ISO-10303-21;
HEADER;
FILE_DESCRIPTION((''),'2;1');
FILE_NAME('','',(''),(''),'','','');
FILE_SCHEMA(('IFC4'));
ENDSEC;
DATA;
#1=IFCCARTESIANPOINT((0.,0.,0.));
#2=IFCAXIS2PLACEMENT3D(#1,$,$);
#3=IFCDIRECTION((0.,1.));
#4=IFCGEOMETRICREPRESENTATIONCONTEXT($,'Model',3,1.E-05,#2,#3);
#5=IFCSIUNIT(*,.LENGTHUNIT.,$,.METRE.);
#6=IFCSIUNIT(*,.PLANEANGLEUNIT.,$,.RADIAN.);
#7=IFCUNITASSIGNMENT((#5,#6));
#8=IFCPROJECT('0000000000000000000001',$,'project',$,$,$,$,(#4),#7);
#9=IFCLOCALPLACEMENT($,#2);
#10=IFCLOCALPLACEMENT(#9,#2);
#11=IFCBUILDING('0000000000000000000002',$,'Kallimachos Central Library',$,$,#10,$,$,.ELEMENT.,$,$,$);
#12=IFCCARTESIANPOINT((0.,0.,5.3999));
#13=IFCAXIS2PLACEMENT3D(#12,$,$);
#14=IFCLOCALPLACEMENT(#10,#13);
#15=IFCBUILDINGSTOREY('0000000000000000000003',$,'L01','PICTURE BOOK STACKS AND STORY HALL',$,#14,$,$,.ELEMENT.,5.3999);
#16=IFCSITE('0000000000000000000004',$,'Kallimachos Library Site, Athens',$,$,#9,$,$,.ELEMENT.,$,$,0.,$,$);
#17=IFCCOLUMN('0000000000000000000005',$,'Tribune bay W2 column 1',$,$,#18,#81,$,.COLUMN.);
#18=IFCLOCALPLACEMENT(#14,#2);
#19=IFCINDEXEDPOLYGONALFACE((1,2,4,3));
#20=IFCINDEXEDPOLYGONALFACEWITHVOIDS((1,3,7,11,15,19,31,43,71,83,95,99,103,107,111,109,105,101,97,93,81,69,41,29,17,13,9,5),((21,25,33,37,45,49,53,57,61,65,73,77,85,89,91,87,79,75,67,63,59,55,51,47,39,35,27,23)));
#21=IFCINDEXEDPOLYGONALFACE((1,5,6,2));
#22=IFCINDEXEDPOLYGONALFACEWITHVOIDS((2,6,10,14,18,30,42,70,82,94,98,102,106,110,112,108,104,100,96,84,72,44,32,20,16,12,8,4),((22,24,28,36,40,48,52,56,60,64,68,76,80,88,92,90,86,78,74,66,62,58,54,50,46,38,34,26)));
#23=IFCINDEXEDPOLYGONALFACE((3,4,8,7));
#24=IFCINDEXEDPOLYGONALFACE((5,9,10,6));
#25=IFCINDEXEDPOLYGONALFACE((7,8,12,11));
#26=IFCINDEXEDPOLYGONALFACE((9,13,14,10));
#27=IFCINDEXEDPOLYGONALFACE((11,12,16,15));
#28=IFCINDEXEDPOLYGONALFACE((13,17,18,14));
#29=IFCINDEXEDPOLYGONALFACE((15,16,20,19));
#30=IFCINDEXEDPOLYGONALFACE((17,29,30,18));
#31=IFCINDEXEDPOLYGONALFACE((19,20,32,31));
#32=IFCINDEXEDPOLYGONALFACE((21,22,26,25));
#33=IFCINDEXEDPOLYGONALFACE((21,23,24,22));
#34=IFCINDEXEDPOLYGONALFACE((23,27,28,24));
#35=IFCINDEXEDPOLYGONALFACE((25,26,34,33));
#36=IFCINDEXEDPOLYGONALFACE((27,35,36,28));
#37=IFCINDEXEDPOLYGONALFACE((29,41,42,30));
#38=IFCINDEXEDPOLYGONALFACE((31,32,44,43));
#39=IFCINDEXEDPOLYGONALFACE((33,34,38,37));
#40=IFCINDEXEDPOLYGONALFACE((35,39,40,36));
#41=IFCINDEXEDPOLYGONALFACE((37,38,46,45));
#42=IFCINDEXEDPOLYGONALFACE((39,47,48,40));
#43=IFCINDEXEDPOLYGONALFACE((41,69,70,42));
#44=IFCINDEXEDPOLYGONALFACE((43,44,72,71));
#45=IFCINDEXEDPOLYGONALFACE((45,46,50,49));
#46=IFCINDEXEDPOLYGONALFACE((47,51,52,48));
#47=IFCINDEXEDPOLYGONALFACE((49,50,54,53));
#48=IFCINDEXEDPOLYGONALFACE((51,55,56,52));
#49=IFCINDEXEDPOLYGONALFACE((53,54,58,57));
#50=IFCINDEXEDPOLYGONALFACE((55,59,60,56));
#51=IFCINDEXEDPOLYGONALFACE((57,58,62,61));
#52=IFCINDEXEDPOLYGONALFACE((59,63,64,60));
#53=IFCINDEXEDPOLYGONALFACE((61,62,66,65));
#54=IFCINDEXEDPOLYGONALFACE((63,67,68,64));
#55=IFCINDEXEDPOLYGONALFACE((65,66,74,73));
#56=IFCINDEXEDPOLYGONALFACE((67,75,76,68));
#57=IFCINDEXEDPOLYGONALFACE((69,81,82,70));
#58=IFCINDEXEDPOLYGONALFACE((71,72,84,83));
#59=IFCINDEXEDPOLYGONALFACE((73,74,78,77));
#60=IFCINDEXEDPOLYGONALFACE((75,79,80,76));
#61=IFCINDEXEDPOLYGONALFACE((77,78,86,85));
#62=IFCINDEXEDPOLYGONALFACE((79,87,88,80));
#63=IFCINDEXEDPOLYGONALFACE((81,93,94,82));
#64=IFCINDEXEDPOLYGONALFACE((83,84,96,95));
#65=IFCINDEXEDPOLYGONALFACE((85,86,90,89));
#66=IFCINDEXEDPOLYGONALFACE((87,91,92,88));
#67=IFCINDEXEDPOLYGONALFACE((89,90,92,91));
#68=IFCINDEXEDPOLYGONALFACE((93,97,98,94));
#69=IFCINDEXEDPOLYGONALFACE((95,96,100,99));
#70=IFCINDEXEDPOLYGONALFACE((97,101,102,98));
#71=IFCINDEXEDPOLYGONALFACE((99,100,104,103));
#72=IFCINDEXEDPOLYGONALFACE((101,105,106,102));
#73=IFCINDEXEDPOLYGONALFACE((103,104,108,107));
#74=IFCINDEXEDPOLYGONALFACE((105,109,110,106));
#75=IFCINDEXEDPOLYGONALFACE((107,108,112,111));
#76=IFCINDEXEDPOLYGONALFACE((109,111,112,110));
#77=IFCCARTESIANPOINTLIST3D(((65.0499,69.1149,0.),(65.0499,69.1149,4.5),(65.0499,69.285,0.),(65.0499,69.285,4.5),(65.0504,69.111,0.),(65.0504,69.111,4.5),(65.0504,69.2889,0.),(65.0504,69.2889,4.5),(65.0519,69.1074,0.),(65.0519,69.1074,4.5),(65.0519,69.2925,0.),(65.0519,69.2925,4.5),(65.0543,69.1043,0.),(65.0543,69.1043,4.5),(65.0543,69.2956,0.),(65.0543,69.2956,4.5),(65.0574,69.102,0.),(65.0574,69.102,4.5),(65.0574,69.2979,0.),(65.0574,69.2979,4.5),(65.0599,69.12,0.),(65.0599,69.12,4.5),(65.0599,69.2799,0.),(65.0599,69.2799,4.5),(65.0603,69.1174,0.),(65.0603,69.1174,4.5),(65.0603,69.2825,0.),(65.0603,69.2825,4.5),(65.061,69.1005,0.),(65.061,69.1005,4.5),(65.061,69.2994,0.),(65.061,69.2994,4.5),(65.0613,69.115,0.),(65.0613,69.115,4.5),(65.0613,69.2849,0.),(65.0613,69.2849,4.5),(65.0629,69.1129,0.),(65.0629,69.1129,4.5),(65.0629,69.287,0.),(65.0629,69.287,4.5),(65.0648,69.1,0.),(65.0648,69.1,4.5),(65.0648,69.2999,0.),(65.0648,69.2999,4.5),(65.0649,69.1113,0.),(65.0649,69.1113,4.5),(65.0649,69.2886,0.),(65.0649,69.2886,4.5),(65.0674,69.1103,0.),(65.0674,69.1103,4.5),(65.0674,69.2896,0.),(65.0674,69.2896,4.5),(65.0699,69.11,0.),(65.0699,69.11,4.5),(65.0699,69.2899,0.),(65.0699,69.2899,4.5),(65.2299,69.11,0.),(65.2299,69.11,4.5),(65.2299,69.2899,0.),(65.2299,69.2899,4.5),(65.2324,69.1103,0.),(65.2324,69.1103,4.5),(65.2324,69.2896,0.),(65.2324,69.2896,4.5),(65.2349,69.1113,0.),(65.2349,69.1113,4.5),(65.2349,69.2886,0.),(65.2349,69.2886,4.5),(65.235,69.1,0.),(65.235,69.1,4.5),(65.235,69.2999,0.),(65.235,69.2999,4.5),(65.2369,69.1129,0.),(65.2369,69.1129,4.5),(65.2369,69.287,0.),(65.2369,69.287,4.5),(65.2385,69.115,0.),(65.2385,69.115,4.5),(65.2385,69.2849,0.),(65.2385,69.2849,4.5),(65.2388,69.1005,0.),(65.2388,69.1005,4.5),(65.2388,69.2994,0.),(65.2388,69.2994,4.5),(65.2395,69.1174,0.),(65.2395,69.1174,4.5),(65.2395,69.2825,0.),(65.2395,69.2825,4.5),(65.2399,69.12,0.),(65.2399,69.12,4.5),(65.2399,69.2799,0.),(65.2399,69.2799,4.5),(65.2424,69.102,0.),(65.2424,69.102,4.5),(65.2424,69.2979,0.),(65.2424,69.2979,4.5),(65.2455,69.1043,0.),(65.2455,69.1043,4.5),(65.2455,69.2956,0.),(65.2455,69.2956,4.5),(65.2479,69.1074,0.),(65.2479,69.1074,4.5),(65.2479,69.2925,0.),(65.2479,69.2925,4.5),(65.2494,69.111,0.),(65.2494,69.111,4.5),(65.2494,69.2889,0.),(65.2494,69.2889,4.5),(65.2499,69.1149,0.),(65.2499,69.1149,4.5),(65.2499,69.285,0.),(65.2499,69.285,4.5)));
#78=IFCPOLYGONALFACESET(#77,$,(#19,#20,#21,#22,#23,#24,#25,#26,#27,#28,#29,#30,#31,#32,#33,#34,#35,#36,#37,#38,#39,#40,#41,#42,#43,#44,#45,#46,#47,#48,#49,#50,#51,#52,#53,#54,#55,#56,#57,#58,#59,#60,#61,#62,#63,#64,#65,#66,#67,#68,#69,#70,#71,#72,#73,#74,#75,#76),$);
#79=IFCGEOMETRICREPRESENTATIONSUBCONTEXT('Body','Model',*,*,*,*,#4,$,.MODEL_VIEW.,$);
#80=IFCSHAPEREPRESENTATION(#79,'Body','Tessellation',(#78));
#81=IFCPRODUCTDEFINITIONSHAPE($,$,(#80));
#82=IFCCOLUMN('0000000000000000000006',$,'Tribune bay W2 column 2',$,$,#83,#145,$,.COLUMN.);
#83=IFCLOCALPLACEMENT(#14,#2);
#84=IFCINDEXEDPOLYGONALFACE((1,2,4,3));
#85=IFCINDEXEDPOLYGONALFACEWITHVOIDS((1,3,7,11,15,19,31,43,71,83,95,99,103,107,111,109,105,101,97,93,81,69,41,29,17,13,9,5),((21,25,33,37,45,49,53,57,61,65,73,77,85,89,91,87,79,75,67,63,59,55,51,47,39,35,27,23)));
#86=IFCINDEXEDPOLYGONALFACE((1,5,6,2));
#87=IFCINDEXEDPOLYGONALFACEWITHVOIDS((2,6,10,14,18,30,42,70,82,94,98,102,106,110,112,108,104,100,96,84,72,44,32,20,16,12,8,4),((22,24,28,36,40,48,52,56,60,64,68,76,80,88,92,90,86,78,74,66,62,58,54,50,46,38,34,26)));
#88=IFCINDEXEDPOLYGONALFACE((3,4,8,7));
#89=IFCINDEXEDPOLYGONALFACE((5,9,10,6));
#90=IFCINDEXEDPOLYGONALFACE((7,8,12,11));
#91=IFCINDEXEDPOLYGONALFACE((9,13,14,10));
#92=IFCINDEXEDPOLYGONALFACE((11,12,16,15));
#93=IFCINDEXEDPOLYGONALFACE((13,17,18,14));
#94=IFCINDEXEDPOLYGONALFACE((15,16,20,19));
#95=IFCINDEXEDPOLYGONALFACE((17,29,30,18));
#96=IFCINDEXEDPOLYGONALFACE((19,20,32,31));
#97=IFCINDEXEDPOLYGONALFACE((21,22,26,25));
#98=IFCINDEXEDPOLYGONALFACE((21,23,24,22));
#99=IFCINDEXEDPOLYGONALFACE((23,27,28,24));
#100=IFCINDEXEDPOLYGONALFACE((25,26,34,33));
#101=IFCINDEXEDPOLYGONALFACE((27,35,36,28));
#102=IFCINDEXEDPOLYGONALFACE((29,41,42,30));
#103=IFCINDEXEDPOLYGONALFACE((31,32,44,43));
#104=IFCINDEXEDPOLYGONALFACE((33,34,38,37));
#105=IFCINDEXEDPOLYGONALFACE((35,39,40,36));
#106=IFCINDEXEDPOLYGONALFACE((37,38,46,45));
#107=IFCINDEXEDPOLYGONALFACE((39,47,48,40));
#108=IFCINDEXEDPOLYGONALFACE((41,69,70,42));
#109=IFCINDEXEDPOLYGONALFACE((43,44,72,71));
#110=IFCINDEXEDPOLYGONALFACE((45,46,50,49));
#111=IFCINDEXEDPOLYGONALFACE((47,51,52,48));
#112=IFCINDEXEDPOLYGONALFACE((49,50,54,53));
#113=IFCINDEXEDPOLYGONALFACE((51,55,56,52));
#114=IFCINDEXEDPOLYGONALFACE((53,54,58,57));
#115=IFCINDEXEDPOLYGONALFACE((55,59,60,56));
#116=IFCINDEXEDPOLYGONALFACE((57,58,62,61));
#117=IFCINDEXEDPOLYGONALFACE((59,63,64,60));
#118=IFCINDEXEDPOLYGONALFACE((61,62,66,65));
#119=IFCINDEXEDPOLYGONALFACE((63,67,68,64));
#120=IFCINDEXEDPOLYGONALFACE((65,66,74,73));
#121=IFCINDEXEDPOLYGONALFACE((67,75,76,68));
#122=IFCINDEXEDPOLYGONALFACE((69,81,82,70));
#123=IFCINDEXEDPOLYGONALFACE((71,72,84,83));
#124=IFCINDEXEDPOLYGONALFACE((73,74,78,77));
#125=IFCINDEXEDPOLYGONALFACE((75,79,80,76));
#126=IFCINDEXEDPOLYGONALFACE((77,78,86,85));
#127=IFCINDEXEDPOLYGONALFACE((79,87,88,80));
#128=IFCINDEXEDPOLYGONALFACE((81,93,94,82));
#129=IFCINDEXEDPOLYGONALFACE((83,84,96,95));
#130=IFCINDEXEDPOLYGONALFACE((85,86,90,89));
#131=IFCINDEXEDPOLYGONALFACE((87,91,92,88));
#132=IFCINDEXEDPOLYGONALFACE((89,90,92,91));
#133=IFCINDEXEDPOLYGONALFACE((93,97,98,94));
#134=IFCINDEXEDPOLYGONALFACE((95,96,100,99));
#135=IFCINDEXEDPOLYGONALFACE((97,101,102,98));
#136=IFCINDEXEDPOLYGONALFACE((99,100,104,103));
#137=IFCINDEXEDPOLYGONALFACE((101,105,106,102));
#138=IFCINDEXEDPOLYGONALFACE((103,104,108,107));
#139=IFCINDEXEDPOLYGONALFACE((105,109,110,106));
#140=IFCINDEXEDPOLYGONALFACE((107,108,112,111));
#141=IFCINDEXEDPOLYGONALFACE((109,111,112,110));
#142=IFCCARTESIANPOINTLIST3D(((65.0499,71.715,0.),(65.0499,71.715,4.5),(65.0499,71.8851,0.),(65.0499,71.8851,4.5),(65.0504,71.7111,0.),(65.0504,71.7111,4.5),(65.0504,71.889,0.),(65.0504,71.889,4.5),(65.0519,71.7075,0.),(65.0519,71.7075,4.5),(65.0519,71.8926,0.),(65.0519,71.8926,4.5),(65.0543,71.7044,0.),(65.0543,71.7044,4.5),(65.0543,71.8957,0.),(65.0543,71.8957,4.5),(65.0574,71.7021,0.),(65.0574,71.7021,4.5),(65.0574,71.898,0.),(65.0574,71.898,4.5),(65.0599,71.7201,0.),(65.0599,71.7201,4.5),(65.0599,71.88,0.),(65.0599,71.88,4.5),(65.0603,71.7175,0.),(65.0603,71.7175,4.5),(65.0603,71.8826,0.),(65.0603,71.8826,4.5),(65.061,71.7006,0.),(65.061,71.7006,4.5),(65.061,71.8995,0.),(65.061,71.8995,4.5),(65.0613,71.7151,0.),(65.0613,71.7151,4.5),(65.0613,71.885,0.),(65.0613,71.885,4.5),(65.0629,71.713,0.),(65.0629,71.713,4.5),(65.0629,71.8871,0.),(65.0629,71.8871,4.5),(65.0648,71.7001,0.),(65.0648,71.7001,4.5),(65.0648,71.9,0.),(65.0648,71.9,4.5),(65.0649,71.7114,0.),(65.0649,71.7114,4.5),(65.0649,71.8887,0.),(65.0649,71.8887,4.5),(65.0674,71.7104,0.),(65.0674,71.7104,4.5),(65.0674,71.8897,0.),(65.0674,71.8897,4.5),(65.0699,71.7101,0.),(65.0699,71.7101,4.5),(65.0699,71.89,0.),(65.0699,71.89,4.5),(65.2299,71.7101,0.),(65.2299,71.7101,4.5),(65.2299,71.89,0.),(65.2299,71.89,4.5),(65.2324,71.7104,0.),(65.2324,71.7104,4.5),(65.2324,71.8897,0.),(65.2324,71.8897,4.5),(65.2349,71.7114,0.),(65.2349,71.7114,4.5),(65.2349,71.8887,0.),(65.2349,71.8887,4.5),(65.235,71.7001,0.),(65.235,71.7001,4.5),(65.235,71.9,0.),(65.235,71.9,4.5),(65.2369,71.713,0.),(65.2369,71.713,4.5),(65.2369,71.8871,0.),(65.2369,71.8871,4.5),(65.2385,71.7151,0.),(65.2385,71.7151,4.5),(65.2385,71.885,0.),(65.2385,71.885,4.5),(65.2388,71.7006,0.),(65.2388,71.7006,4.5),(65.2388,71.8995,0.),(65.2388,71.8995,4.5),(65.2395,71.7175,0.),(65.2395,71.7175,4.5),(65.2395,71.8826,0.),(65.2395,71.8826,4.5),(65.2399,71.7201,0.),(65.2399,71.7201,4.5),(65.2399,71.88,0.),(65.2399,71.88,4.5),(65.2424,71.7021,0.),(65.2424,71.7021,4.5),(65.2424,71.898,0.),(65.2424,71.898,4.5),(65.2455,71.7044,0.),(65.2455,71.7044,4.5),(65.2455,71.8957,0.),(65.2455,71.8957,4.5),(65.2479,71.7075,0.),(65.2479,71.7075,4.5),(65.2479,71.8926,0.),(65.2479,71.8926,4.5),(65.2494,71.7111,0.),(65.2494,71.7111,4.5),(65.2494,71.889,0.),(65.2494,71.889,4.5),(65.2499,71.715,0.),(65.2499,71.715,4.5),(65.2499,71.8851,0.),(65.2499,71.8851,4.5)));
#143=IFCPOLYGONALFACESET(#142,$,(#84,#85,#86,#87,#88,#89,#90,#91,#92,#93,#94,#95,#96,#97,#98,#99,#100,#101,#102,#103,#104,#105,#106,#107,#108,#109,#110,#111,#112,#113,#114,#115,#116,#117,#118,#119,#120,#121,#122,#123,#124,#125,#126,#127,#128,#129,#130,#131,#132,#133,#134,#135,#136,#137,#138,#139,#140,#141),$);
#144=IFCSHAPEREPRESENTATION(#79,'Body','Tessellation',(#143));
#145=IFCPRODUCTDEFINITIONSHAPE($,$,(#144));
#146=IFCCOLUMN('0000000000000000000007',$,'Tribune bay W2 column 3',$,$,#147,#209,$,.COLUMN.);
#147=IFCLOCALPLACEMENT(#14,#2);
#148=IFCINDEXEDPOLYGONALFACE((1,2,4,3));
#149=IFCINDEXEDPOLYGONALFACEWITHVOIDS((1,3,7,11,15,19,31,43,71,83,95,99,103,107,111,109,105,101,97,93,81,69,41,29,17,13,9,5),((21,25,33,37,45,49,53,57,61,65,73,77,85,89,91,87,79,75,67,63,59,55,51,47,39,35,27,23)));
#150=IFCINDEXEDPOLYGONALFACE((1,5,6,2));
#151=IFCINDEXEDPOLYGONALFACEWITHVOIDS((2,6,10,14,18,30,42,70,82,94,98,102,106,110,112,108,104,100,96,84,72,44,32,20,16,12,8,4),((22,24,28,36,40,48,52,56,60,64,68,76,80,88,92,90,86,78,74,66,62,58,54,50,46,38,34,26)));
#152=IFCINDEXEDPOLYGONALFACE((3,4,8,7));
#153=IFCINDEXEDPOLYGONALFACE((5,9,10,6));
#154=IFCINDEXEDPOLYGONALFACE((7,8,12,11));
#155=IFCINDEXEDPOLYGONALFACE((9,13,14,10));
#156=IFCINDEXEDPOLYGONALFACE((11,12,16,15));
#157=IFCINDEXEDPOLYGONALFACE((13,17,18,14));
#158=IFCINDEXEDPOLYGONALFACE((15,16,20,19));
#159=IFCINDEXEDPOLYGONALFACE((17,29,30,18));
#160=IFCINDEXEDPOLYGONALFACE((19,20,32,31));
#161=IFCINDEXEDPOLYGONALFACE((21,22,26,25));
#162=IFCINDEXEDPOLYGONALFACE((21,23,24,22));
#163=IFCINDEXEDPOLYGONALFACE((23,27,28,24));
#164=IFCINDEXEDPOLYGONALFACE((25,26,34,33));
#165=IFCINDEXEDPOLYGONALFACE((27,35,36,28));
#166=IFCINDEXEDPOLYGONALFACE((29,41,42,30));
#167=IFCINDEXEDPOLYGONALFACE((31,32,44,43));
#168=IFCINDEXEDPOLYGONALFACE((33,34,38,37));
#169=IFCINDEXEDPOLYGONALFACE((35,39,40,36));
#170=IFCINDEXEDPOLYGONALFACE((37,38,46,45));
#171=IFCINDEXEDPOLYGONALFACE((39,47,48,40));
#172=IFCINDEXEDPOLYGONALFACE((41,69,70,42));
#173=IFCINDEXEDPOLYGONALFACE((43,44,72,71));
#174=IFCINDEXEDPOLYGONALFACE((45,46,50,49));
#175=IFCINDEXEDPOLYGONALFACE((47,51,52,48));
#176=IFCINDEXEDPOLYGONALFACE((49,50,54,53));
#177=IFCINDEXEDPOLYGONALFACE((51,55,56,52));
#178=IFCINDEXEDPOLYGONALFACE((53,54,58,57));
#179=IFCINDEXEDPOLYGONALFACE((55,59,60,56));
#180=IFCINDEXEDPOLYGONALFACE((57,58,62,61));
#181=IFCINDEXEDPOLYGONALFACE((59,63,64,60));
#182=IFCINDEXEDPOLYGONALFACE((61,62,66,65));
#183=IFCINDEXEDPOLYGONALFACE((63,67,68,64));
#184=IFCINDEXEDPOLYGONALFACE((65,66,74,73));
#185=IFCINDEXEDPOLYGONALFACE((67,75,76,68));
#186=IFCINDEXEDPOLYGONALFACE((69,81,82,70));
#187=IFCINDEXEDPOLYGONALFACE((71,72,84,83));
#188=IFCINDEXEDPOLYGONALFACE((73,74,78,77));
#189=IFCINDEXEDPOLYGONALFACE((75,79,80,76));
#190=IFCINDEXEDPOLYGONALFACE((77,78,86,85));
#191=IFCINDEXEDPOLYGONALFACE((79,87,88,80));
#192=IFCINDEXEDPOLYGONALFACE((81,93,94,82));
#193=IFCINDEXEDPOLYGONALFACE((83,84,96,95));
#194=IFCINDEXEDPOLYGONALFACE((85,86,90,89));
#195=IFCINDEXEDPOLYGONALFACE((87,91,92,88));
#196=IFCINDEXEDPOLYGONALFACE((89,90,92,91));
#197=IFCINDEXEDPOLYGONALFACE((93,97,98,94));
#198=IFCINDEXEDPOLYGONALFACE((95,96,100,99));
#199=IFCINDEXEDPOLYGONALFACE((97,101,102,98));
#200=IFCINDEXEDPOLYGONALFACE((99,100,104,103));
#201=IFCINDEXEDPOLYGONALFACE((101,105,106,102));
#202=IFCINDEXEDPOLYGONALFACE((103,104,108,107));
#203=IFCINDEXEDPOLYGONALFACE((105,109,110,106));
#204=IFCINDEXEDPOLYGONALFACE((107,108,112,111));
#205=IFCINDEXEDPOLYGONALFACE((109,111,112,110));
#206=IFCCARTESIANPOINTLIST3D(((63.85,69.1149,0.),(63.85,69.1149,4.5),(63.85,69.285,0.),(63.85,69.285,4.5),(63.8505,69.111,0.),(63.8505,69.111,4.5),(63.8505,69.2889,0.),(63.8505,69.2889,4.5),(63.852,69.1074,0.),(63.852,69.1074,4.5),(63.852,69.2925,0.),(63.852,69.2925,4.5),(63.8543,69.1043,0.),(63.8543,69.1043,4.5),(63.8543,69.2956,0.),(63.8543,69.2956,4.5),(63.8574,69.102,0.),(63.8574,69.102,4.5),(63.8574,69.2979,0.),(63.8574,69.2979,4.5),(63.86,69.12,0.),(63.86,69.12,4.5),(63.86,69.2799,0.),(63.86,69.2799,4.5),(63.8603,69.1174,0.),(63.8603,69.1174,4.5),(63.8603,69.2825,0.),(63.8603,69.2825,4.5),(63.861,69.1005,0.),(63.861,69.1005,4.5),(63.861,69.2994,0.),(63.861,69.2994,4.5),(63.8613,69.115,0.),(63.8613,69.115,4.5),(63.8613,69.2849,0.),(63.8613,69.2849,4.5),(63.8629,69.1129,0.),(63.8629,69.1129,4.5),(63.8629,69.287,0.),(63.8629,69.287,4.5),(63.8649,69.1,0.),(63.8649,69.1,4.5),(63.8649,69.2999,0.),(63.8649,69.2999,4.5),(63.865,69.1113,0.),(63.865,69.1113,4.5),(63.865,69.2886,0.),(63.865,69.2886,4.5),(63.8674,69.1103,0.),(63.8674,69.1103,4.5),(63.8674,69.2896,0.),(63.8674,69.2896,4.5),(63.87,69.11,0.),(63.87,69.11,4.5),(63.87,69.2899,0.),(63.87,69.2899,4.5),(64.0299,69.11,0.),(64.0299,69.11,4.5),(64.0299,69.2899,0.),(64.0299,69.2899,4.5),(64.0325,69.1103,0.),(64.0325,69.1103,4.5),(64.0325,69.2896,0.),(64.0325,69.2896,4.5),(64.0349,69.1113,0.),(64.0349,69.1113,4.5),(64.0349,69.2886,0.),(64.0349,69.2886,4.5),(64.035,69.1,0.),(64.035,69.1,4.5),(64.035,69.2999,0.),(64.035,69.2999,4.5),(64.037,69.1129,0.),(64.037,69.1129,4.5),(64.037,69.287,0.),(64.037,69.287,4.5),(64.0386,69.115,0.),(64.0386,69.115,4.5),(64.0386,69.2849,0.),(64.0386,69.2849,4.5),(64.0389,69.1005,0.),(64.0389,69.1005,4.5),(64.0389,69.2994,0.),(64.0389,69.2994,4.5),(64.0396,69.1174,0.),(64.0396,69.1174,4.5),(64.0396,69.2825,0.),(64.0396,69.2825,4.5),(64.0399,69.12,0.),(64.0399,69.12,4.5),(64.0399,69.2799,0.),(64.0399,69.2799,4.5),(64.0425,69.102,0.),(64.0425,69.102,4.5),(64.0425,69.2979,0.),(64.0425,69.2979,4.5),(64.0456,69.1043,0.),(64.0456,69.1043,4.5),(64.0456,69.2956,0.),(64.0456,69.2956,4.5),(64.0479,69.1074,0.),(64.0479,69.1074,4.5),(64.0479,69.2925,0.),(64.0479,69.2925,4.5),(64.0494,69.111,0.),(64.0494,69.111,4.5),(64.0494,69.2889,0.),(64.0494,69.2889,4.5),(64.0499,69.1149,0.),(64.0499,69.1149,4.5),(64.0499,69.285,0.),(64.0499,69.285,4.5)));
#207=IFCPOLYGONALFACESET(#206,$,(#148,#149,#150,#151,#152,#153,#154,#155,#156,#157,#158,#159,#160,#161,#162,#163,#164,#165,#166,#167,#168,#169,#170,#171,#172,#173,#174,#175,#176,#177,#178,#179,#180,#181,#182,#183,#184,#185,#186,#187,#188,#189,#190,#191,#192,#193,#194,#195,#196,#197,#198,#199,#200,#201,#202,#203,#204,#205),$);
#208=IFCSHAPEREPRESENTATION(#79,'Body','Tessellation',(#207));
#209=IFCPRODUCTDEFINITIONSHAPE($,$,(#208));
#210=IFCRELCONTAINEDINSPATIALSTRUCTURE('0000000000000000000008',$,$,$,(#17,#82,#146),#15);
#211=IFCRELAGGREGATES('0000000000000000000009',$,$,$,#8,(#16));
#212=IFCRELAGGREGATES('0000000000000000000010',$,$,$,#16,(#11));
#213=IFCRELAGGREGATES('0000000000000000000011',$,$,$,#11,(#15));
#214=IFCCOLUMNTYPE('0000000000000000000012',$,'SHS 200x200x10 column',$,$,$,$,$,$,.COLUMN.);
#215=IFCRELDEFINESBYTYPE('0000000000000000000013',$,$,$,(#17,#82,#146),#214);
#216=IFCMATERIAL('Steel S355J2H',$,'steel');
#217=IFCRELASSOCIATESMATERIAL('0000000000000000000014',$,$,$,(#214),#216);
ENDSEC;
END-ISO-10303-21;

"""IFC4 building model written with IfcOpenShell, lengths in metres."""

from ifc_helpers import new_model, si_unit, direction, frame, origin, origin_2d, place, context, subcontext, project, spatial, hollow_rectangle, extrude, material, material_profile, profile_set, type_object, element, save


model = new_model("IFC4")

# Units and contexts
model_context = context("Model", 3, precision=1e-05, world=origin(), true_north=direction((0.0, 1.0)))
body_context = subcontext(model_context, "Body", "Model", "MODEL_VIEW")
ifc_project = project(units=[si_unit("LENGTHUNIT", "METRE"), si_unit("PLANEANGLEUNIT", "RADIAN")], contexts=[model_context])

# Site, building, storey
site_placement = place(None, origin())
site = spatial("IfcSite", under=ifc_project, at=site_placement, Name="Kallimachos Library Site, Athens", CompositionType="ELEMENT", RefElevation=0.0)
building_placement = place(site_placement, origin())
building = spatial("IfcBuilding", under=site, at=building_placement, Name="Kallimachos Central Library", CompositionType="ELEMENT")
storey_placement = place(building_placement, frame((0.0, 0.0, 5.3999)))
storey = spatial("IfcBuildingStorey", under=building, at=storey_placement, Name="L01", Description="PICTURE BOOK STACKS AND STORY HALL", CompositionType="ELEMENT", Elevation=5.3999)

# Columns
ifc_material_1 = material(Name="Steel S355J2H", Category="steel")
ifc_material_profile_1 = material_profile(ifc_material_1, hollow_rectangle(XDim=0.2, YDim=0.2, WallThickness=0.01, InnerFilletRadius=0.01, OuterFilletRadius=0.0149, at=origin_2d()), Name="SHS 200x200x10")
ifc_profile_set_1 = profile_set([ifc_material_profile_1], Name="Steel S355J2H")
column_type_1 = type_object("IfcColumnType", Name="SHS 200x200x10 column", PredefinedType="COLUMN", material=ifc_profile_set_1)
for number, where, z_axis, x_axis, name in (
    (1, (65.1499, 69.2, 0.0), (0.0, 0.0, 1.0), (1.0, 0.0, 0.0), "Tribune bay W2 column 1"),
    (2, (65.1499, 71.8, 0.0), (0.0, 0.0, 1.0), (1.0, 0.0, 0.0), "Tribune bay W2 column 2"),
    (3, (63.95, 69.2, 0.0), (0.0, 0.0, 1.0), (1.0, 0.0, 0.0), "Tribune bay W2 column 3"),
):
    element("IfcColumn", number, at=place(storey_placement, frame(where, z_axis=z_axis, x_axis=x_axis)), inside=storey, type_object=column_type_1, Name=name, PredefinedType="COLUMN", context=body_context, shape_type="SweptSolid", body=[
        extrude(hollow_rectangle(XDim=0.2, YDim=0.2, WallThickness=0.01, InnerFilletRadius=0.01, OuterFilletRadius=0.0149, at=origin_2d()), origin(), (0.0, 0.0, 1.0), 4.5),
    ])

save(model, "model.ifc")
